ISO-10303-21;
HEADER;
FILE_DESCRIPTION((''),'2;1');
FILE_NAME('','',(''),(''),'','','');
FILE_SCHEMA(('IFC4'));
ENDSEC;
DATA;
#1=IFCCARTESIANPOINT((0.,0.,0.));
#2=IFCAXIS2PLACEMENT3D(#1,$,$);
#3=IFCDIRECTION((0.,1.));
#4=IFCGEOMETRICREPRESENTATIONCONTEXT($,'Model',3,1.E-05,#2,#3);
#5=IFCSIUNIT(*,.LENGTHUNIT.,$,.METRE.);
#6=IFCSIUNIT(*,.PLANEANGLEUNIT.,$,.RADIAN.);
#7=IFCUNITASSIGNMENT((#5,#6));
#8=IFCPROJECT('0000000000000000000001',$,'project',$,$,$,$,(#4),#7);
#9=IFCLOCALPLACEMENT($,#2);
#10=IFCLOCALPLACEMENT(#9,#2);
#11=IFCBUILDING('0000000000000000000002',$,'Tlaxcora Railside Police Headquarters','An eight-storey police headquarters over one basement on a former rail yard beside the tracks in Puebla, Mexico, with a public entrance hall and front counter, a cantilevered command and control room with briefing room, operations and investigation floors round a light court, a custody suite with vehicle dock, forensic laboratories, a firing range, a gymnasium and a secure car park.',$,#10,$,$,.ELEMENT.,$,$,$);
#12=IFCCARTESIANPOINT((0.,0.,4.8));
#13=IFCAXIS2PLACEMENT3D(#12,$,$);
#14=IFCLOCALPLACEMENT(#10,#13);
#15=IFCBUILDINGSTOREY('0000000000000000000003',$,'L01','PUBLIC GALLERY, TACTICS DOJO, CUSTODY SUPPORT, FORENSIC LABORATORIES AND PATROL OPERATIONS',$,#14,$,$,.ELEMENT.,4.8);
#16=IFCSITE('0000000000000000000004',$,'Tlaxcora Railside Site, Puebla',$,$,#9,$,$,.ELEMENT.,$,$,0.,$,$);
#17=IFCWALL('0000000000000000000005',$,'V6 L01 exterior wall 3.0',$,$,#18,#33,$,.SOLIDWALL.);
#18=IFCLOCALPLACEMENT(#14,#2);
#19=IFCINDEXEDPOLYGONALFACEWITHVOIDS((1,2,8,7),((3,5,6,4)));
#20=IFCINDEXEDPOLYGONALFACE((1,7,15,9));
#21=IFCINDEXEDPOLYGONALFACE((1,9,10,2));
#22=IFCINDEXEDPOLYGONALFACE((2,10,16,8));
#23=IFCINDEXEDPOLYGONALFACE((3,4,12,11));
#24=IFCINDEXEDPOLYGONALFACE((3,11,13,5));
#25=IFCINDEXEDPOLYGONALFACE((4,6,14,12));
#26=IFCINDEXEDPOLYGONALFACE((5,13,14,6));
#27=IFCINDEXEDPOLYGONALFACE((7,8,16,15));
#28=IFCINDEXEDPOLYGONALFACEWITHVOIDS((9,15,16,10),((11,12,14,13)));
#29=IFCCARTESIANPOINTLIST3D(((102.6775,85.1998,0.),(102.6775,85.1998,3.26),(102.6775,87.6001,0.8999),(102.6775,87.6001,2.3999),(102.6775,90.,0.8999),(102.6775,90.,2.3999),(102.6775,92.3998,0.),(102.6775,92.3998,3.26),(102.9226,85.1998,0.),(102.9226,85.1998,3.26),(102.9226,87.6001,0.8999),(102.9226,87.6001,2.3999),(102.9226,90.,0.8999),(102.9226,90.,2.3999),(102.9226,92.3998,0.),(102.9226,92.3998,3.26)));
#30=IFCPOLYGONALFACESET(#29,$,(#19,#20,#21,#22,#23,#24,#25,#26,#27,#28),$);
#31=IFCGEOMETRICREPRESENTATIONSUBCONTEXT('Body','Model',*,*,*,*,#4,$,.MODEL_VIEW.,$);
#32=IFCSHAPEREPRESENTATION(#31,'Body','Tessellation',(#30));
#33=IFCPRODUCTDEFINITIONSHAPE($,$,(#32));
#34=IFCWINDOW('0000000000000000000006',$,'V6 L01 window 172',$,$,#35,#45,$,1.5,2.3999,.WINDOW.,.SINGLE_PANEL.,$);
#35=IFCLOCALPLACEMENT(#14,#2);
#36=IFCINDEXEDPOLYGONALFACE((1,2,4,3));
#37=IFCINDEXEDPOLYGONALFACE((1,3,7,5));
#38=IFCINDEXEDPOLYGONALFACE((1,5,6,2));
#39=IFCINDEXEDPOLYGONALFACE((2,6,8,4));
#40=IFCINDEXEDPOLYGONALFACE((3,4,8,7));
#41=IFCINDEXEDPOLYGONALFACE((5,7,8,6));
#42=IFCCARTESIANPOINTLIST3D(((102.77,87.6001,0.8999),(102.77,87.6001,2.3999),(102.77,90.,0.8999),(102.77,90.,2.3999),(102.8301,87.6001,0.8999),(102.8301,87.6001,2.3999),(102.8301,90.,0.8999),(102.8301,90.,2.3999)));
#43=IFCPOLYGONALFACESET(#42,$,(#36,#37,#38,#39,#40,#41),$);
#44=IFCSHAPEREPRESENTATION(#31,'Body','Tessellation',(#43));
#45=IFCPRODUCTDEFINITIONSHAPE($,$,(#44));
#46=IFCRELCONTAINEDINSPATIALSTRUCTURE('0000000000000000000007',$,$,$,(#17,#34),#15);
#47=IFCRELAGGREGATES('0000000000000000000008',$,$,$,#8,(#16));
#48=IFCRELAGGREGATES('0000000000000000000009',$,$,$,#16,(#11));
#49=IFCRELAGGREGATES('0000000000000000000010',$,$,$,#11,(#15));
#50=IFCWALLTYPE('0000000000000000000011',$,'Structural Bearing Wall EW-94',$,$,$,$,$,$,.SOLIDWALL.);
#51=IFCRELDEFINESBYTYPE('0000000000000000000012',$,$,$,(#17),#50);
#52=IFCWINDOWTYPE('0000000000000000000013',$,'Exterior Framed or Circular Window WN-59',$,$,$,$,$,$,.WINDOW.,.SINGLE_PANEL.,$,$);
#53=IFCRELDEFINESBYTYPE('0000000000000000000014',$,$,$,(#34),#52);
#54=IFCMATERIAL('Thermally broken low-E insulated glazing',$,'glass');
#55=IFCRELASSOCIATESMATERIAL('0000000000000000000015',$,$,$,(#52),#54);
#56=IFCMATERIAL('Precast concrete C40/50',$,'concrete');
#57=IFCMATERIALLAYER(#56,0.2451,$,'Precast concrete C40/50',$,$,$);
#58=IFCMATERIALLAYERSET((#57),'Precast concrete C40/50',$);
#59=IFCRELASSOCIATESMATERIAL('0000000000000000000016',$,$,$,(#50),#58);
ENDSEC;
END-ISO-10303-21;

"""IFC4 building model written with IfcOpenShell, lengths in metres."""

from ifc_helpers import new_model, si_unit, direction, frame, frame_2d, origin, place, context, subcontext, project, spatial, rectangle, extrude, material, layer, layer_set, type_object, element, fill, save


model = new_model("IFC4")

# Units and contexts
model_context = context("Model", 3, precision=1e-05, world=origin(), true_north=direction((0.0, 1.0)))
body_context = subcontext(model_context, "Body", "Model", "MODEL_VIEW")
ifc_project = project(units=[si_unit("LENGTHUNIT", "METRE"), si_unit("PLANEANGLEUNIT", "RADIAN")], contexts=[model_context])

# Site, building, storey
site_placement = place(None, origin())
site = spatial("IfcSite", under=ifc_project, at=site_placement, Name="Tlaxcora Railside Site, Puebla", CompositionType="ELEMENT", RefElevation=0.0)
building_placement = place(site_placement, origin())
building = spatial("IfcBuilding", under=site, at=building_placement, Name="Tlaxcora Railside Police Headquarters", Description="An eight-storey police headquarters over one basement on a former rail yard beside the tracks in Puebla, Mexico, with a public entrance hall and front counter, a cantilevered command and control room with briefing room, operations and investigation floors round a light court, a custody suite with vehicle dock, forensic laboratories, a firing range, a gymnasium and a secure car park.", CompositionType="ELEMENT")
storey_placement = place(building_placement, frame((0.0, 0.0, 4.8)))
storey = spatial("IfcBuildingStorey", under=building, at=storey_placement, Name="L01", Description="PUBLIC GALLERY, TACTICS DOJO, CUSTODY SUPPORT, FORENSIC LABORATORIES AND PATROL OPERATIONS", CompositionType="ELEMENT", Elevation=4.8)

# Shared definitions
ifc_material_1 = material(Name="Thermally broken low-E insulated glazing", Category="glass")

# Wall, opening, window
window_type_1 = type_object("IfcWindowType", Name="Exterior Framed or Circular Window WN-59", PartitioningType="SINGLE_PANEL", PredefinedType="WINDOW", material=ifc_material_1)
ifc_material_2 = material(Name="Precast concrete C40/50", Category="concrete")
ifc_layer_1 = layer(ifc_material_2, 0.2451, Name="Precast concrete C40/50")
ifc_layer_set_1 = layer_set([ifc_layer_1], Name="Precast concrete C40/50")
wall_type_1 = type_object("IfcWallType", Name="Structural Bearing Wall EW-94", PredefinedType="SOLIDWALL", material=ifc_layer_set_1)
wall_1_placement = place(storey_placement, frame((102.8, 92.3999, 0.0), z_axis=(0.0, 0.0, 1.0), x_axis=(0.0, -1.0, 0.0)))
wall_1 = element("IfcWall", 1, at=wall_1_placement, inside=storey, type_object=wall_type_1, Name="V6 L01 exterior wall 3.0", PredefinedType="SOLIDWALL", context=body_context, shape_type="SweptSolid", body=[
    extrude(rectangle(XDim=7.2, YDim=0.2451, at=frame_2d((3.6001, 0.0))), origin(), (0.0, 0.0, 1.0), 3.26),
])
opening_1_placement = place(wall_1_placement, frame((2.3999, 0.0, 0.8999)))
opening_1 = element("IfcOpeningElement", 2, at=opening_1_placement, cuts=wall_1, PredefinedType="OPENING", context=body_context, shape_type="SweptSolid", body=[
    extrude(rectangle(XDim=2.3999, YDim=1.5, at=frame_2d((1.2, 0.75))), frame((0.0, 0.1326, 0.0), z_axis=(0.0, -1.0, 0.0), x_axis=(1.0, 0.0, 0.0)), (0.0, 0.0, 1.0), 0.2651),
])
window_1_placement = place(opening_1_placement, origin())
window_1 = element("IfcWindow", 3, at=window_1_placement, inside=storey, type_object=window_type_1, Name="V6 L01 window 172", OverallHeight=1.5, OverallWidth=2.3999, PartitioningType="SINGLE_PANEL", PredefinedType="WINDOW", context=body_context, shape_type="SweptSolid", body=[
    extrude(rectangle(XDim=2.3999, YDim=1.5, at=frame_2d((1.2, 0.75))), frame((0.0, 0.03, 0.0), z_axis=(0.0, -1.0, 0.0), x_axis=(1.0, 0.0, 0.0)), (0.0, 0.0, 1.0), 0.0601),
])
fill(opening_1, window_1)

save(model, "model.ifc")
